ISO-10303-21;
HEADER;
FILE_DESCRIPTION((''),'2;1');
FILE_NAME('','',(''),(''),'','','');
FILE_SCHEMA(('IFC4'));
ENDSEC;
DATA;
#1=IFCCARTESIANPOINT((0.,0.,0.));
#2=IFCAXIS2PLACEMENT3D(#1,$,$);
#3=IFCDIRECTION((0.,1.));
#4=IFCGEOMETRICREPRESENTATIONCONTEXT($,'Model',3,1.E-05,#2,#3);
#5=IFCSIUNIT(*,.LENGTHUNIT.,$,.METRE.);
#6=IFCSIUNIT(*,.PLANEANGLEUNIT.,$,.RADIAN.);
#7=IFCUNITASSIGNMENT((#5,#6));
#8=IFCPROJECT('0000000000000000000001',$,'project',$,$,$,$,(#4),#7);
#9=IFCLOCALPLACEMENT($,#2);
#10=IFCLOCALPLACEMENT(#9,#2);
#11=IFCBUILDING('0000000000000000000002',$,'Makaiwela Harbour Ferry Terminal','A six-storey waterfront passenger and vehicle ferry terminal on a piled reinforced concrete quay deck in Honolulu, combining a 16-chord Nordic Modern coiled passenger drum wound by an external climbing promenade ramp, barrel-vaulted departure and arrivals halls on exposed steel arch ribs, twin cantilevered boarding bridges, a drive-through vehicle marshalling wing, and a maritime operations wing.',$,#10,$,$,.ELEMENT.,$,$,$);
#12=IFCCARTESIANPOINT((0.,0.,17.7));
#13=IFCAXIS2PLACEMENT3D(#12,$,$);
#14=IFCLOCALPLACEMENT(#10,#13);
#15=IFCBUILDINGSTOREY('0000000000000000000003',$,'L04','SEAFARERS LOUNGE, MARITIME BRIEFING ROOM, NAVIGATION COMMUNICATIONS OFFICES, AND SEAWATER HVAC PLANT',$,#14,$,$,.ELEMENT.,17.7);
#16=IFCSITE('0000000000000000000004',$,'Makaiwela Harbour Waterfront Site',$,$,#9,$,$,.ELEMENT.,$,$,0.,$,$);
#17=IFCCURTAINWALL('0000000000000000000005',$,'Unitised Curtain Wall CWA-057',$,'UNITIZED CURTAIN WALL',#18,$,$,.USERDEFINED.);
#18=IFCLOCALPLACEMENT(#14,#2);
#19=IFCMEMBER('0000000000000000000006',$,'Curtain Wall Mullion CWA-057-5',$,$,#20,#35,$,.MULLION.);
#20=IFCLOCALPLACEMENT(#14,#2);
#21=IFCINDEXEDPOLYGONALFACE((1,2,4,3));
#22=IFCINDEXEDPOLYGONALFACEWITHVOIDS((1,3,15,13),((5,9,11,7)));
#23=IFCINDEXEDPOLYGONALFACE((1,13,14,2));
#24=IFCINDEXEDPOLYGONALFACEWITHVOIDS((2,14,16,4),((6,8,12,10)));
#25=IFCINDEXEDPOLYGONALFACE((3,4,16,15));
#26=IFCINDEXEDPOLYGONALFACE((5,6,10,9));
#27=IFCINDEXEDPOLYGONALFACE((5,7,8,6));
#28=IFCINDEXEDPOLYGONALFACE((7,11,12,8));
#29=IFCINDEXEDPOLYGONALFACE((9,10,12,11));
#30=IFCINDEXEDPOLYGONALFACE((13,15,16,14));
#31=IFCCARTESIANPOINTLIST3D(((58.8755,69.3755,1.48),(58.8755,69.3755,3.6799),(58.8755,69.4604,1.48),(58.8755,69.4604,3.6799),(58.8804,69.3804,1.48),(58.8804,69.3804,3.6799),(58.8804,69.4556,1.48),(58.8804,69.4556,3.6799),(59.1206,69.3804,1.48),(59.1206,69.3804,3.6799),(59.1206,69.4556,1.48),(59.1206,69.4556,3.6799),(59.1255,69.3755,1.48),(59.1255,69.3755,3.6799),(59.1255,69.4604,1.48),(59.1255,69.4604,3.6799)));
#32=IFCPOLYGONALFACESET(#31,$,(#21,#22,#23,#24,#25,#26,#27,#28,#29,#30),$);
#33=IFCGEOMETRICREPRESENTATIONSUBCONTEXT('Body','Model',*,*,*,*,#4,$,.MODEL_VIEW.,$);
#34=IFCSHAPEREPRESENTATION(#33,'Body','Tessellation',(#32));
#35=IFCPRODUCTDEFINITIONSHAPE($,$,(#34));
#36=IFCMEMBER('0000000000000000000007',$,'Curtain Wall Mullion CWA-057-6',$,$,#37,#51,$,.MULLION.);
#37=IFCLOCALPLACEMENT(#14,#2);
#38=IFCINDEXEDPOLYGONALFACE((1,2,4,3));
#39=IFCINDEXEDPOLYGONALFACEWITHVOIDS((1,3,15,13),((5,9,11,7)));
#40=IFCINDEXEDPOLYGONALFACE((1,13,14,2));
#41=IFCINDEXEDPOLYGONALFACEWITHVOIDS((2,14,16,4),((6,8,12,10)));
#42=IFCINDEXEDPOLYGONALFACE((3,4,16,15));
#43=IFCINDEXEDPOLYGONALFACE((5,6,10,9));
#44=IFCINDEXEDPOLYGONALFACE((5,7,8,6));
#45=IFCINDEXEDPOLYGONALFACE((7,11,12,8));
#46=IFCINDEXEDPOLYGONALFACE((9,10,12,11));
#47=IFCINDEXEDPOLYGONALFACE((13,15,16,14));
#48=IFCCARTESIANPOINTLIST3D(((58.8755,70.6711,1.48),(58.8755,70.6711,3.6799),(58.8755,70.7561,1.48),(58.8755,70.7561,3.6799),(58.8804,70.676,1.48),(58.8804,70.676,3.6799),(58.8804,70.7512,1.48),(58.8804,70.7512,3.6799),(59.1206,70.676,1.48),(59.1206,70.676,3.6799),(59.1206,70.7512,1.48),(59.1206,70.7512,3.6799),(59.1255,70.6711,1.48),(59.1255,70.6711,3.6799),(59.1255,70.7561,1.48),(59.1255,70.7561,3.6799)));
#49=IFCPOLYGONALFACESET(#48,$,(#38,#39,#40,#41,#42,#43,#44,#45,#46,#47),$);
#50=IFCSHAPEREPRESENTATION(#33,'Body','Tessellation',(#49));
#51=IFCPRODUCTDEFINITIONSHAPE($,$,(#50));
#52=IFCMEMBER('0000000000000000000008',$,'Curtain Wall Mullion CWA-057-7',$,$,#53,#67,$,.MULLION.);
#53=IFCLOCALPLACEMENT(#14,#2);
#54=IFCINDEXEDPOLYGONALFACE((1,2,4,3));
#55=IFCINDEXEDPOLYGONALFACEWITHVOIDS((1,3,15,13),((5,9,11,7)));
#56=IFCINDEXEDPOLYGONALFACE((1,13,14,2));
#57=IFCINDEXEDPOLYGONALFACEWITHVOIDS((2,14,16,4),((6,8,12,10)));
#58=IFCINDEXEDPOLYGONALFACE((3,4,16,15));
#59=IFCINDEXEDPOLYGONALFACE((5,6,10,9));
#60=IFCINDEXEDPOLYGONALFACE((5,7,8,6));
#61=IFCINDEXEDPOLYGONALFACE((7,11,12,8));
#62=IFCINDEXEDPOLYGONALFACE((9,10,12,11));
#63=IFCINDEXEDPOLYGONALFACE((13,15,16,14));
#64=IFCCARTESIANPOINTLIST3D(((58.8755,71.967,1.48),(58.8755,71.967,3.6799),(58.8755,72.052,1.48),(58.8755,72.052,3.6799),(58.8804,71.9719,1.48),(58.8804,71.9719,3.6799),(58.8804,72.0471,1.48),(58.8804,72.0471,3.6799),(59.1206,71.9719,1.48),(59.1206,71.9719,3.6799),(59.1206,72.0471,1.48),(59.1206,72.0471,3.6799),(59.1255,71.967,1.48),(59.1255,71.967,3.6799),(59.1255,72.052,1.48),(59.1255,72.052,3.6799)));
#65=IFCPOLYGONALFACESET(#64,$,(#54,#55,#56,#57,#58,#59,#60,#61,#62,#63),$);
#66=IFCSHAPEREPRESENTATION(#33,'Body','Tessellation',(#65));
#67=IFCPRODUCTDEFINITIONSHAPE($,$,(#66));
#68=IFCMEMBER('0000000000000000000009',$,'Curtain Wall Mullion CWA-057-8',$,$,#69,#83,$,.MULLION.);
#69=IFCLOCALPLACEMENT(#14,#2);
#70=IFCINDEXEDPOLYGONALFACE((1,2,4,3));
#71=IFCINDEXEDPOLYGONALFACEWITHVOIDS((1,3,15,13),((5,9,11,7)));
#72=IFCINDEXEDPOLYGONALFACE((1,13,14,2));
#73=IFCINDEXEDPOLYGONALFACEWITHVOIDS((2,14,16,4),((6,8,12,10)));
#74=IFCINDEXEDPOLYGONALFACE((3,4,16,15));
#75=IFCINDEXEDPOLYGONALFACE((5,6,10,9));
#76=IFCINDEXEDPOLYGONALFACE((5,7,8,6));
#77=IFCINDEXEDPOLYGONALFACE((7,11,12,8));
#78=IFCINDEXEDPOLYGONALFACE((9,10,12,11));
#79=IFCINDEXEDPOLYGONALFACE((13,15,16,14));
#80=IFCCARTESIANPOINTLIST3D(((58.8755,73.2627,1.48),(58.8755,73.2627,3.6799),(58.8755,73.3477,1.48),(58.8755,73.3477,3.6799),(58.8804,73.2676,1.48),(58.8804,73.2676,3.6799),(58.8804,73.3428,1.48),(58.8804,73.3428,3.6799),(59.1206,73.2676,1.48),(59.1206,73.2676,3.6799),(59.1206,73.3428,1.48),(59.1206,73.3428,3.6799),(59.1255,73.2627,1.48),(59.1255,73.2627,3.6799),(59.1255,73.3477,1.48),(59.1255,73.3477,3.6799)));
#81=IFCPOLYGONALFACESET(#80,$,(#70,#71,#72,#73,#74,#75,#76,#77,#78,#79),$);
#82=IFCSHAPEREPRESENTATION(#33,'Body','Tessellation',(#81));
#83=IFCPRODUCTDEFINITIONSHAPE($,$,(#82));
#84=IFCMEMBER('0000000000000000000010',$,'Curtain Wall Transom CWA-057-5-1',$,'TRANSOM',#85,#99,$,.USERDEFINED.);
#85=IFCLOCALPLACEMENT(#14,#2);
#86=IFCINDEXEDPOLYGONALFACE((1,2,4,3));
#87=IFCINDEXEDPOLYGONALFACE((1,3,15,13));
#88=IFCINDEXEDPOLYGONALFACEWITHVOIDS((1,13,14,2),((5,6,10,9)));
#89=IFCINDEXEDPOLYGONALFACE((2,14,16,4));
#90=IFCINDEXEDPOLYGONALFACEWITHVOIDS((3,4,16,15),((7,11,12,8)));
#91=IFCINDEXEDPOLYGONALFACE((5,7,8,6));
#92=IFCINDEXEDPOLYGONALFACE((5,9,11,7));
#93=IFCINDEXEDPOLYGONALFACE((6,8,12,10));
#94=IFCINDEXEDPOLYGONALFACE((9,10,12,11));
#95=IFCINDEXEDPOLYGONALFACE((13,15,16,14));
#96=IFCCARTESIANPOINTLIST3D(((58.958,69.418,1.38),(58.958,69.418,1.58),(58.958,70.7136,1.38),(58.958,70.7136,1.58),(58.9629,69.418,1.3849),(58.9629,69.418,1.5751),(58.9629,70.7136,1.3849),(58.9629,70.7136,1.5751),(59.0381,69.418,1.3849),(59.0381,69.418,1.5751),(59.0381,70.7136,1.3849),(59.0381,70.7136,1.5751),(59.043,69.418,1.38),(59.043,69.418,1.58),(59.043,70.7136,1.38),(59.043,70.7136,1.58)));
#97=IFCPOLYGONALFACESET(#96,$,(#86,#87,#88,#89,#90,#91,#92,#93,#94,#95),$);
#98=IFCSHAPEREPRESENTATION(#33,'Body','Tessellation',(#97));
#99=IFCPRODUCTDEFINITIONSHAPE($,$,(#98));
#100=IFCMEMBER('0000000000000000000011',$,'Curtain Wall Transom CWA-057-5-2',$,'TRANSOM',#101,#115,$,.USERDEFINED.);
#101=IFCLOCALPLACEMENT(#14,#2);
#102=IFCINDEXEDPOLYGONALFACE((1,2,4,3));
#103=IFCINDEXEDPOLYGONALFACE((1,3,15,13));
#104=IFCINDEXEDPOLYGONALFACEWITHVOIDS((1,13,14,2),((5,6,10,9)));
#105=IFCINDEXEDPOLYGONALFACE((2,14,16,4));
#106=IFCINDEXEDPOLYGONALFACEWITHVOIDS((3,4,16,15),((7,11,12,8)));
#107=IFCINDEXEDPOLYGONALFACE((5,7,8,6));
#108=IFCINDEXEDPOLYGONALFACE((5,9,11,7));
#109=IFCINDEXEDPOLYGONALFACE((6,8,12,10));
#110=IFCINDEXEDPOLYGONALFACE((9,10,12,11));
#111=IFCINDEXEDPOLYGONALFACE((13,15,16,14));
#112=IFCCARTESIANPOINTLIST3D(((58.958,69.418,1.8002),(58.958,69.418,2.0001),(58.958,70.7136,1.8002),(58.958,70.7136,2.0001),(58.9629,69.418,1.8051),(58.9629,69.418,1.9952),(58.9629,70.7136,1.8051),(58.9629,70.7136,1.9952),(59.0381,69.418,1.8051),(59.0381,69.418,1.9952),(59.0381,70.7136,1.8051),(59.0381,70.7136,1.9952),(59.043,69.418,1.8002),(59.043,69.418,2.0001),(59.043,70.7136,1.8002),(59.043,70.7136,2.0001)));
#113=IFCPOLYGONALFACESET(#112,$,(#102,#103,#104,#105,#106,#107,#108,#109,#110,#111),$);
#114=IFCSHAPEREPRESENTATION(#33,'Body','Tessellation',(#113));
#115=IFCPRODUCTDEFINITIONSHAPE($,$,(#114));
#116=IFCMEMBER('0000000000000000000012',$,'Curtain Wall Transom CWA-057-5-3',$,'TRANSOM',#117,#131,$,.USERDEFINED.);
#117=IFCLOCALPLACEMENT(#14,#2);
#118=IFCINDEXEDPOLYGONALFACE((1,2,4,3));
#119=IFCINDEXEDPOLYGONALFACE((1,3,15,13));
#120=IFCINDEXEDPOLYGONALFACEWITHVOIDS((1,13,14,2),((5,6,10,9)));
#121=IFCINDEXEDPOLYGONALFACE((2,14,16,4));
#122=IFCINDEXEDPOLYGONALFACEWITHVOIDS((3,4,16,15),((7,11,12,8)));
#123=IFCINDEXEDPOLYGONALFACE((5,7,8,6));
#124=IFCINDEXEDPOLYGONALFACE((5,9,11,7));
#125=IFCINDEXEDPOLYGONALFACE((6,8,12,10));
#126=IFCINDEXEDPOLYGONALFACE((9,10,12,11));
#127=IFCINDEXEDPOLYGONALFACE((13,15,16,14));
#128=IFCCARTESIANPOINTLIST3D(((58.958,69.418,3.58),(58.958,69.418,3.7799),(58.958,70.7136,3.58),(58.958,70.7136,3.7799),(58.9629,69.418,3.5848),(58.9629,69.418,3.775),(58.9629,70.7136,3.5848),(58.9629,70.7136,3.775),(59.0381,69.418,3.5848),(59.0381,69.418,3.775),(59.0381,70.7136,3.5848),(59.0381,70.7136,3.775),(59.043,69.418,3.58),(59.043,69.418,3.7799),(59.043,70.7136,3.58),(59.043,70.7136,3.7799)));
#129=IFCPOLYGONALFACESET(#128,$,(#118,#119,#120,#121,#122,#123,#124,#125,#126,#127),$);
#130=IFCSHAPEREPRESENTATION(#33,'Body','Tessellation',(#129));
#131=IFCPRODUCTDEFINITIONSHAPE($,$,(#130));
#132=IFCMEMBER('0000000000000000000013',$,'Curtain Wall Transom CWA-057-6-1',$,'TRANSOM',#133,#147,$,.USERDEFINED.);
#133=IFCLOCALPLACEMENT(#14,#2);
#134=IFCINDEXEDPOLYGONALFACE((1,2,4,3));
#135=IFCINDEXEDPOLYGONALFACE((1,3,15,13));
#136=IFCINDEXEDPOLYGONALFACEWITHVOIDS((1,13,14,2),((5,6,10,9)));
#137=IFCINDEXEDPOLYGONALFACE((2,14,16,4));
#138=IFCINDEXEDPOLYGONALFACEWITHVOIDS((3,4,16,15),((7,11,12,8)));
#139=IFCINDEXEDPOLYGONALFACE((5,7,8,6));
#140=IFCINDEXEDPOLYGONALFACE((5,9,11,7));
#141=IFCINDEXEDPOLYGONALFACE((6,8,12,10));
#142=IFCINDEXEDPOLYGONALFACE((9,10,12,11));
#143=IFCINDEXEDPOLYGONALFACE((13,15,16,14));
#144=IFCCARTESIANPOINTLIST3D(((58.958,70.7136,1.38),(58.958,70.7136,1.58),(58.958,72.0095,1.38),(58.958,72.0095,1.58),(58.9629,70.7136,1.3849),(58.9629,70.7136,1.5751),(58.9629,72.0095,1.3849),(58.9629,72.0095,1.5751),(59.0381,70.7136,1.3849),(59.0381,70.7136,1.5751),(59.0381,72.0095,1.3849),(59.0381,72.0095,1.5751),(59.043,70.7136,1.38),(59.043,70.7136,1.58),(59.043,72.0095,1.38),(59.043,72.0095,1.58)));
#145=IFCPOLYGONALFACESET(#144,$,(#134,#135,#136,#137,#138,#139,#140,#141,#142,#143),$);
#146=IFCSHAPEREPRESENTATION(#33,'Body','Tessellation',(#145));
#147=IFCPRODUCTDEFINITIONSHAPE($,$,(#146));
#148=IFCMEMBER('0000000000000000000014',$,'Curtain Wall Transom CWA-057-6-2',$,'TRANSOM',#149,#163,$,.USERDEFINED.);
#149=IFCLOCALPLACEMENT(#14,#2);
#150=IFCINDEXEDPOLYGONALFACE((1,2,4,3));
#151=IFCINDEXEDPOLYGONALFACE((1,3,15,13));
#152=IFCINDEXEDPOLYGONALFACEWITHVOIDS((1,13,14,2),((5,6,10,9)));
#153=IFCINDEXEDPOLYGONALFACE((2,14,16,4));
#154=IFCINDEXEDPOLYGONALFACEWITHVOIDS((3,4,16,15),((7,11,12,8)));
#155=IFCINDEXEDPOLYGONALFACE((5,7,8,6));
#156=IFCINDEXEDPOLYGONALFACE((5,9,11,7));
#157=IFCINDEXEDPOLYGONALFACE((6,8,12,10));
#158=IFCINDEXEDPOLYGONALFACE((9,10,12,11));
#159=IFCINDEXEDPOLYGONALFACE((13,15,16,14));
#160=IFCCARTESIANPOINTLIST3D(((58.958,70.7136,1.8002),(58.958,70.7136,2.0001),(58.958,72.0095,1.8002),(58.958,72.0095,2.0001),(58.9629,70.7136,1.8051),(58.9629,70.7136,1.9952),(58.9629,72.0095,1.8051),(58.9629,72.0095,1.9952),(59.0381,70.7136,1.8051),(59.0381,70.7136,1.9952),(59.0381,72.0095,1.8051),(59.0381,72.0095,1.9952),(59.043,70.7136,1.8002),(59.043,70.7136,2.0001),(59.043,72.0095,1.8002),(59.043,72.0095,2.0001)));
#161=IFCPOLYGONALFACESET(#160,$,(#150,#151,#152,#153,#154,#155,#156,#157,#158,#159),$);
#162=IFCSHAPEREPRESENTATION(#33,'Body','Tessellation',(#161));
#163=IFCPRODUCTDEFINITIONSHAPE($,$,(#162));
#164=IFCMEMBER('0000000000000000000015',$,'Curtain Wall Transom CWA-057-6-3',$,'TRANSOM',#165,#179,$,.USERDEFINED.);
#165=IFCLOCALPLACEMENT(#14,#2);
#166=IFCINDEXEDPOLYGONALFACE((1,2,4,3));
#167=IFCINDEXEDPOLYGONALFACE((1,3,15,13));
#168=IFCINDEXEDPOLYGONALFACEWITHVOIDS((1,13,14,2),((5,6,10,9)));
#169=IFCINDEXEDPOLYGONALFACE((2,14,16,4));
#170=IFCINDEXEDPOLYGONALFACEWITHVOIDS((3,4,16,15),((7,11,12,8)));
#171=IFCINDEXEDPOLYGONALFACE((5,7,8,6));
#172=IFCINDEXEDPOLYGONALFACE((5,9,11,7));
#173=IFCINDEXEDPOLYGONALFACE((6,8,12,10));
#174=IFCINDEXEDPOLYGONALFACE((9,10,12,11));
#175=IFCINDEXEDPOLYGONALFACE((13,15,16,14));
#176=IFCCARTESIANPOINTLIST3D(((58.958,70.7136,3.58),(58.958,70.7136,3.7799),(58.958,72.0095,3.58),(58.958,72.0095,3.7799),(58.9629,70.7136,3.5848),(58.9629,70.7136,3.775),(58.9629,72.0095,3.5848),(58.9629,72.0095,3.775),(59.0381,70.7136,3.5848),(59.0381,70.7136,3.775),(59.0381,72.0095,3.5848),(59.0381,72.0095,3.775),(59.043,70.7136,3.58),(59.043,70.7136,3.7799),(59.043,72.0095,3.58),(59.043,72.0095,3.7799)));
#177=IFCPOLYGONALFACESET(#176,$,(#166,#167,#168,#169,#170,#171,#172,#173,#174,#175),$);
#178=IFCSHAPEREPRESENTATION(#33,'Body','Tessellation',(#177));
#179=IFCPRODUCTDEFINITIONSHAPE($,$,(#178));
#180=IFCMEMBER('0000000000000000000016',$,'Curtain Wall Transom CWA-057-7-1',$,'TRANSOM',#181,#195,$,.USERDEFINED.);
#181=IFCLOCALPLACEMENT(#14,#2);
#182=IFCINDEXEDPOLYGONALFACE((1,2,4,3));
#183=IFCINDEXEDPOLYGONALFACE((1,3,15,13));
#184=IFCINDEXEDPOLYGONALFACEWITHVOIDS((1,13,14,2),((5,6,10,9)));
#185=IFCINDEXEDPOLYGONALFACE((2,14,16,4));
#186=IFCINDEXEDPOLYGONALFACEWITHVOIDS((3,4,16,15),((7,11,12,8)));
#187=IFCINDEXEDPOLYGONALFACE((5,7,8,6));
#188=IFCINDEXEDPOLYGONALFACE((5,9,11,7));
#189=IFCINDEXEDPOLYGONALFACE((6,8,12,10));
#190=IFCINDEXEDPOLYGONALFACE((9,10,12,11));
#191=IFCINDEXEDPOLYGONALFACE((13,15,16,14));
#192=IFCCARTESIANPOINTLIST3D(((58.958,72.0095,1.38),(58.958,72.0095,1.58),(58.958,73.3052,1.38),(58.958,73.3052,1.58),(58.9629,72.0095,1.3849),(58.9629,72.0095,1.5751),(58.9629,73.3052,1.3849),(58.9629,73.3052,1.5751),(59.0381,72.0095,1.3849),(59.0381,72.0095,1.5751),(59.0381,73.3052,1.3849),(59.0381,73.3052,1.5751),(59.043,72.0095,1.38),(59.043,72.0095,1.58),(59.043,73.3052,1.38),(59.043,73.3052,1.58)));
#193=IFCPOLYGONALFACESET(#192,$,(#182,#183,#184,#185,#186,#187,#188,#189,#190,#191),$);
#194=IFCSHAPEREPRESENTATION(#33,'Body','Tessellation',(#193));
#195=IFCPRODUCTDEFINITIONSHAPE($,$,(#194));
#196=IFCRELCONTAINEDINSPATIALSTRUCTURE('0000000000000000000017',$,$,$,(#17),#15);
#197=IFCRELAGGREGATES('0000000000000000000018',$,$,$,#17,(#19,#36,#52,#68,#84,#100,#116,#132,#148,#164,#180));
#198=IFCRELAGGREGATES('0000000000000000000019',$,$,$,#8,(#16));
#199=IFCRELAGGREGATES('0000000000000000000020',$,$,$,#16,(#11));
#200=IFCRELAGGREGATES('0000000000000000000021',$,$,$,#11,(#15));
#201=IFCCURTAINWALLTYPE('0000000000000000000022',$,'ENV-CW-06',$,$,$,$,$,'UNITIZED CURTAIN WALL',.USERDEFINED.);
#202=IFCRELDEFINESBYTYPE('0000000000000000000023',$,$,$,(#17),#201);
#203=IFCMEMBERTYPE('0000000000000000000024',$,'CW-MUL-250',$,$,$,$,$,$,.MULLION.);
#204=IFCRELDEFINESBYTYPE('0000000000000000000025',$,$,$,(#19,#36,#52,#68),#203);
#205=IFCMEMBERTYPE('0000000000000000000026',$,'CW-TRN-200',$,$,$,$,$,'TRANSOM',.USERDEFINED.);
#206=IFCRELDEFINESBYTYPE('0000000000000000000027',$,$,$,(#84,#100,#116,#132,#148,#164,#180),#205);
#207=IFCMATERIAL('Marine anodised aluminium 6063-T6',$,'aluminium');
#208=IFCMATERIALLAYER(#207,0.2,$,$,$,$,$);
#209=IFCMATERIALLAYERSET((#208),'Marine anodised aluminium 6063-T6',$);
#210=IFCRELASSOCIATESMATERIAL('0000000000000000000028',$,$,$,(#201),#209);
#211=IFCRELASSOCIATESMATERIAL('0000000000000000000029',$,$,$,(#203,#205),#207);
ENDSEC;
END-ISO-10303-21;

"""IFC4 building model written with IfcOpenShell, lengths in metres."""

from ifc_helpers import new_model, si_unit, direction, frame, origin, origin_2d, place, context, subcontext, project, spatial, hollow_rectangle, extrude, material, layer, layer_set, material_profile, profile_set, type_object, element, aggregate, save


model = new_model("IFC4")

# Units and contexts
model_context = context("Model", 3, precision=1e-05, world=origin(), true_north=direction((0.0, 1.0)))
body_context = subcontext(model_context, "Body", "Model", "MODEL_VIEW")
ifc_project = project(units=[si_unit("LENGTHUNIT", "METRE"), si_unit("PLANEANGLEUNIT", "RADIAN")], contexts=[model_context])

# Site, building, storey
site_placement = place(None, origin())
site = spatial("IfcSite", under=ifc_project, at=site_placement, Name="Makaiwela Harbour Waterfront Site", CompositionType="ELEMENT", RefElevation=0.0)
building_placement = place(site_placement, origin())
building = spatial("IfcBuilding", under=site, at=building_placement, Name="Makaiwela Harbour Ferry Terminal", Description="A six-storey waterfront passenger and vehicle ferry terminal on a piled reinforced concrete quay deck in Honolulu, combining a 16-chord Nordic Modern coiled passenger drum wound by an external climbing promenade ramp, barrel-vaulted departure and arrivals halls on exposed steel arch ribs, twin cantilevered boarding bridges, a drive-through vehicle marshalling wing, and a maritime operations wing.", CompositionType="ELEMENT")
storey_placement = place(building_placement, frame((0.0, 0.0, 17.7)))
storey = spatial("IfcBuildingStorey", under=building, at=storey_placement, Name="L04", Description="SEAFARERS LOUNGE, MARITIME BRIEFING ROOM, NAVIGATION COMMUNICATIONS OFFICES, AND SEAWATER HVAC PLANT", CompositionType="ELEMENT", Elevation=17.7)

# Curtain wall, members
ifc_material_1 = material(Name="Marine anodised aluminium 6063-T6", Category="aluminium")
ifc_layer_1 = layer(ifc_material_1, 0.2)
ifc_layer_set_1 = layer_set([ifc_layer_1], Name="Marine anodised aluminium 6063-T6")
curtain_wall_type = type_object("IfcCurtainWallType", Name="ENV-CW-06", ElementType="UNITIZED CURTAIN WALL", PredefinedType="USERDEFINED", material=ifc_layer_set_1)
curtain_wall_placement = place(storey_placement, origin())
curtain_wall = element("IfcCurtainWall", 1, at=curtain_wall_placement, inside=storey, type_object=curtain_wall_type, Name="Unitised Curtain Wall CWA-057", ObjectType="UNITIZED CURTAIN WALL", PredefinedType="USERDEFINED")
ifc_material_profile_1 = material_profile(ifc_material_1, hollow_rectangle(XDim=0.085, YDim=0.25, WallThickness=0.0049, at=origin_2d()), Name="CWM-250X85")
ifc_profile_set_1 = profile_set([ifc_material_profile_1], Name="Marine anodised aluminium 6063-T6")
member_type_1 = type_object("IfcMemberType", Name="CW-MUL-250", PredefinedType="MULLION", material=ifc_profile_set_1)
member_1_placement = place(storey_placement, frame((59.0005, 69.418, 1.48), z_axis=(0.0, 0.0, 1.0), x_axis=(0.0, 1.0, 0.0)))
member_1 = element("IfcMember", 2, at=member_1_placement, type_object=member_type_1, Name="Curtain Wall Mullion CWA-057-5", PredefinedType="MULLION", context=body_context, shape_type="SweptSolid", body=[
    extrude(hollow_rectangle(XDim=0.085, YDim=0.25, WallThickness=0.0049, at=origin_2d()), origin(), (0.0, 0.0, 1.0), 2.2),
])
member_2_placement = place(storey_placement, frame((59.0005, 70.7136, 1.48), z_axis=(0.0, 0.0, 1.0), x_axis=(0.0, 1.0, 0.0)))
member_2 = element("IfcMember", 3, at=member_2_placement, type_object=member_type_1, Name="Curtain Wall Mullion CWA-057-6", PredefinedType="MULLION", context=body_context, shape_type="SweptSolid", body=[
    extrude(hollow_rectangle(XDim=0.085, YDim=0.25, WallThickness=0.0049, at=origin_2d()), origin(), (0.0, 0.0, 1.0), 2.2),
])
member_3_placement = place(storey_placement, frame((59.0005, 72.0095, 1.48), z_axis=(0.0, 0.0, 1.0), x_axis=(0.0, 1.0, 0.0)))
member_3 = element("IfcMember", 4, at=member_3_placement, type_object=member_type_1, Name="Curtain Wall Mullion CWA-057-7", PredefinedType="MULLION", context=body_context, shape_type="SweptSolid", body=[
    extrude(hollow_rectangle(XDim=0.085, YDim=0.25, WallThickness=0.0049, at=origin_2d()), origin(), (0.0, 0.0, 1.0), 2.2),
])
member_4_placement = place(storey_placement, frame((59.0005, 73.3052, 1.48), z_axis=(0.0, 0.0, 1.0), x_axis=(0.0, 1.0, 0.0)))
member_4 = element("IfcMember", 5, at=member_4_placement, type_object=member_type_1, Name="Curtain Wall Mullion CWA-057-8", PredefinedType="MULLION", context=body_context, shape_type="SweptSolid", body=[
    extrude(hollow_rectangle(XDim=0.085, YDim=0.25, WallThickness=0.0049, at=origin_2d()), origin(), (0.0, 0.0, 1.0), 2.2),
])
ifc_material_profile_2 = material_profile(ifc_material_1, hollow_rectangle(XDim=0.085, YDim=0.2, WallThickness=0.0049, at=origin_2d()), Name="CWT-200X85")
ifc_profile_set_2 = profile_set([ifc_material_profile_2], Name="Marine anodised aluminium 6063-T6")
member_type_2 = type_object("IfcMemberType", Name="CW-TRN-200", ElementType="TRANSOM", PredefinedType="USERDEFINED", material=ifc_profile_set_2)
member_5_placement = place(storey_placement, frame((59.0005, 69.418, 1.48), z_axis=(0.0, 1.0, 0.0), x_axis=(-1.0, 0.0, 0.0)))
member_5 = element("IfcMember", 6, at=member_5_placement, type_object=member_type_2, Name="Curtain Wall Transom CWA-057-5-1", ObjectType="TRANSOM", PredefinedType="USERDEFINED", context=body_context, shape_type="SweptSolid", body=[
    extrude(hollow_rectangle(XDim=0.085, YDim=0.2, WallThickness=0.0049, at=origin_2d()), origin(), (0.0, 0.0, 1.0), 1.2957),
])
member_6_placement = place(storey_placement, frame((59.0005, 69.418, 1.9001), z_axis=(0.0, 1.0, 0.0), x_axis=(-1.0, 0.0, 0.0)))
member_6 = element("IfcMember", 7, at=member_6_placement, type_object=member_type_2, Name="Curtain Wall Transom CWA-057-5-2", ObjectType="TRANSOM", PredefinedType="USERDEFINED", context=body_context, shape_type="SweptSolid", body=[
    extrude(hollow_rectangle(XDim=0.085, YDim=0.2, WallThickness=0.0049, at=origin_2d()), origin(), (0.0, 0.0, 1.0), 1.2957),
])
member_7_placement = place(storey_placement, frame((59.0005, 69.418, 3.6799), z_axis=(0.0, 1.0, 0.0), x_axis=(-1.0, 0.0, 0.0)))
member_7 = element("IfcMember", 8, at=member_7_placement, type_object=member_type_2, Name="Curtain Wall Transom CWA-057-5-3", ObjectType="TRANSOM", PredefinedType="USERDEFINED", context=body_context, shape_type="SweptSolid", body=[
    extrude(hollow_rectangle(XDim=0.085, YDim=0.2, WallThickness=0.0049, at=origin_2d()), origin(), (0.0, 0.0, 1.0), 1.2957),
])
member_8_placement = place(storey_placement, frame((59.0005, 70.7136, 1.48), z_axis=(0.0, 1.0, 0.0), x_axis=(-1.0, 0.0, 0.0)))
member_8 = element("IfcMember", 9, at=member_8_placement, type_object=member_type_2, Name="Curtain Wall Transom CWA-057-6-1", ObjectType="TRANSOM", PredefinedType="USERDEFINED", context=body_context, shape_type="SweptSolid", body=[
    extrude(hollow_rectangle(XDim=0.085, YDim=0.2, WallThickness=0.0049, at=origin_2d()), origin(), (0.0, 0.0, 1.0), 1.2959),
])
member_9_placement = place(storey_placement, frame((59.0005, 70.7136, 1.9001), z_axis=(0.0, 1.0, 0.0), x_axis=(-1.0, 0.0, 0.0)))
member_9 = element("IfcMember", 10, at=member_9_placement, type_object=member_type_2, Name="Curtain Wall Transom CWA-057-6-2", ObjectType="TRANSOM", PredefinedType="USERDEFINED", context=body_context, shape_type="SweptSolid", body=[
    extrude(hollow_rectangle(XDim=0.085, YDim=0.2, WallThickness=0.0049, at=origin_2d()), origin(), (0.0, 0.0, 1.0), 1.2959),
])
member_10_placement = place(storey_placement, frame((59.0005, 70.7136, 3.6799), z_axis=(0.0, 1.0, 0.0), x_axis=(-1.0, 0.0, 0.0)))
member_10 = element("IfcMember", 11, at=member_10_placement, type_object=member_type_2, Name="Curtain Wall Transom CWA-057-6-3", ObjectType="TRANSOM", PredefinedType="USERDEFINED", context=body_context, shape_type="SweptSolid", body=[
    extrude(hollow_rectangle(XDim=0.085, YDim=0.2, WallThickness=0.0049, at=origin_2d()), origin(), (0.0, 0.0, 1.0), 1.2959),
])
member_11_placement = place(storey_placement, frame((59.0005, 72.0095, 1.48), z_axis=(0.0, 1.0, 0.0), x_axis=(-1.0, 0.0, 0.0)))
member_11 = element("IfcMember", 12, at=member_11_placement, type_object=member_type_2, Name="Curtain Wall Transom CWA-057-7-1", ObjectType="TRANSOM", PredefinedType="USERDEFINED", context=body_context, shape_type="SweptSolid", body=[
    extrude(hollow_rectangle(XDim=0.085, YDim=0.2, WallThickness=0.0049, at=origin_2d()), origin(), (0.0, 0.0, 1.0), 1.2957),
])

aggregate(curtain_wall, [member_1, member_2, member_3, member_4, member_5, member_6, member_7, member_8, member_9, member_10, member_11])

save(model, "model.ifc")
